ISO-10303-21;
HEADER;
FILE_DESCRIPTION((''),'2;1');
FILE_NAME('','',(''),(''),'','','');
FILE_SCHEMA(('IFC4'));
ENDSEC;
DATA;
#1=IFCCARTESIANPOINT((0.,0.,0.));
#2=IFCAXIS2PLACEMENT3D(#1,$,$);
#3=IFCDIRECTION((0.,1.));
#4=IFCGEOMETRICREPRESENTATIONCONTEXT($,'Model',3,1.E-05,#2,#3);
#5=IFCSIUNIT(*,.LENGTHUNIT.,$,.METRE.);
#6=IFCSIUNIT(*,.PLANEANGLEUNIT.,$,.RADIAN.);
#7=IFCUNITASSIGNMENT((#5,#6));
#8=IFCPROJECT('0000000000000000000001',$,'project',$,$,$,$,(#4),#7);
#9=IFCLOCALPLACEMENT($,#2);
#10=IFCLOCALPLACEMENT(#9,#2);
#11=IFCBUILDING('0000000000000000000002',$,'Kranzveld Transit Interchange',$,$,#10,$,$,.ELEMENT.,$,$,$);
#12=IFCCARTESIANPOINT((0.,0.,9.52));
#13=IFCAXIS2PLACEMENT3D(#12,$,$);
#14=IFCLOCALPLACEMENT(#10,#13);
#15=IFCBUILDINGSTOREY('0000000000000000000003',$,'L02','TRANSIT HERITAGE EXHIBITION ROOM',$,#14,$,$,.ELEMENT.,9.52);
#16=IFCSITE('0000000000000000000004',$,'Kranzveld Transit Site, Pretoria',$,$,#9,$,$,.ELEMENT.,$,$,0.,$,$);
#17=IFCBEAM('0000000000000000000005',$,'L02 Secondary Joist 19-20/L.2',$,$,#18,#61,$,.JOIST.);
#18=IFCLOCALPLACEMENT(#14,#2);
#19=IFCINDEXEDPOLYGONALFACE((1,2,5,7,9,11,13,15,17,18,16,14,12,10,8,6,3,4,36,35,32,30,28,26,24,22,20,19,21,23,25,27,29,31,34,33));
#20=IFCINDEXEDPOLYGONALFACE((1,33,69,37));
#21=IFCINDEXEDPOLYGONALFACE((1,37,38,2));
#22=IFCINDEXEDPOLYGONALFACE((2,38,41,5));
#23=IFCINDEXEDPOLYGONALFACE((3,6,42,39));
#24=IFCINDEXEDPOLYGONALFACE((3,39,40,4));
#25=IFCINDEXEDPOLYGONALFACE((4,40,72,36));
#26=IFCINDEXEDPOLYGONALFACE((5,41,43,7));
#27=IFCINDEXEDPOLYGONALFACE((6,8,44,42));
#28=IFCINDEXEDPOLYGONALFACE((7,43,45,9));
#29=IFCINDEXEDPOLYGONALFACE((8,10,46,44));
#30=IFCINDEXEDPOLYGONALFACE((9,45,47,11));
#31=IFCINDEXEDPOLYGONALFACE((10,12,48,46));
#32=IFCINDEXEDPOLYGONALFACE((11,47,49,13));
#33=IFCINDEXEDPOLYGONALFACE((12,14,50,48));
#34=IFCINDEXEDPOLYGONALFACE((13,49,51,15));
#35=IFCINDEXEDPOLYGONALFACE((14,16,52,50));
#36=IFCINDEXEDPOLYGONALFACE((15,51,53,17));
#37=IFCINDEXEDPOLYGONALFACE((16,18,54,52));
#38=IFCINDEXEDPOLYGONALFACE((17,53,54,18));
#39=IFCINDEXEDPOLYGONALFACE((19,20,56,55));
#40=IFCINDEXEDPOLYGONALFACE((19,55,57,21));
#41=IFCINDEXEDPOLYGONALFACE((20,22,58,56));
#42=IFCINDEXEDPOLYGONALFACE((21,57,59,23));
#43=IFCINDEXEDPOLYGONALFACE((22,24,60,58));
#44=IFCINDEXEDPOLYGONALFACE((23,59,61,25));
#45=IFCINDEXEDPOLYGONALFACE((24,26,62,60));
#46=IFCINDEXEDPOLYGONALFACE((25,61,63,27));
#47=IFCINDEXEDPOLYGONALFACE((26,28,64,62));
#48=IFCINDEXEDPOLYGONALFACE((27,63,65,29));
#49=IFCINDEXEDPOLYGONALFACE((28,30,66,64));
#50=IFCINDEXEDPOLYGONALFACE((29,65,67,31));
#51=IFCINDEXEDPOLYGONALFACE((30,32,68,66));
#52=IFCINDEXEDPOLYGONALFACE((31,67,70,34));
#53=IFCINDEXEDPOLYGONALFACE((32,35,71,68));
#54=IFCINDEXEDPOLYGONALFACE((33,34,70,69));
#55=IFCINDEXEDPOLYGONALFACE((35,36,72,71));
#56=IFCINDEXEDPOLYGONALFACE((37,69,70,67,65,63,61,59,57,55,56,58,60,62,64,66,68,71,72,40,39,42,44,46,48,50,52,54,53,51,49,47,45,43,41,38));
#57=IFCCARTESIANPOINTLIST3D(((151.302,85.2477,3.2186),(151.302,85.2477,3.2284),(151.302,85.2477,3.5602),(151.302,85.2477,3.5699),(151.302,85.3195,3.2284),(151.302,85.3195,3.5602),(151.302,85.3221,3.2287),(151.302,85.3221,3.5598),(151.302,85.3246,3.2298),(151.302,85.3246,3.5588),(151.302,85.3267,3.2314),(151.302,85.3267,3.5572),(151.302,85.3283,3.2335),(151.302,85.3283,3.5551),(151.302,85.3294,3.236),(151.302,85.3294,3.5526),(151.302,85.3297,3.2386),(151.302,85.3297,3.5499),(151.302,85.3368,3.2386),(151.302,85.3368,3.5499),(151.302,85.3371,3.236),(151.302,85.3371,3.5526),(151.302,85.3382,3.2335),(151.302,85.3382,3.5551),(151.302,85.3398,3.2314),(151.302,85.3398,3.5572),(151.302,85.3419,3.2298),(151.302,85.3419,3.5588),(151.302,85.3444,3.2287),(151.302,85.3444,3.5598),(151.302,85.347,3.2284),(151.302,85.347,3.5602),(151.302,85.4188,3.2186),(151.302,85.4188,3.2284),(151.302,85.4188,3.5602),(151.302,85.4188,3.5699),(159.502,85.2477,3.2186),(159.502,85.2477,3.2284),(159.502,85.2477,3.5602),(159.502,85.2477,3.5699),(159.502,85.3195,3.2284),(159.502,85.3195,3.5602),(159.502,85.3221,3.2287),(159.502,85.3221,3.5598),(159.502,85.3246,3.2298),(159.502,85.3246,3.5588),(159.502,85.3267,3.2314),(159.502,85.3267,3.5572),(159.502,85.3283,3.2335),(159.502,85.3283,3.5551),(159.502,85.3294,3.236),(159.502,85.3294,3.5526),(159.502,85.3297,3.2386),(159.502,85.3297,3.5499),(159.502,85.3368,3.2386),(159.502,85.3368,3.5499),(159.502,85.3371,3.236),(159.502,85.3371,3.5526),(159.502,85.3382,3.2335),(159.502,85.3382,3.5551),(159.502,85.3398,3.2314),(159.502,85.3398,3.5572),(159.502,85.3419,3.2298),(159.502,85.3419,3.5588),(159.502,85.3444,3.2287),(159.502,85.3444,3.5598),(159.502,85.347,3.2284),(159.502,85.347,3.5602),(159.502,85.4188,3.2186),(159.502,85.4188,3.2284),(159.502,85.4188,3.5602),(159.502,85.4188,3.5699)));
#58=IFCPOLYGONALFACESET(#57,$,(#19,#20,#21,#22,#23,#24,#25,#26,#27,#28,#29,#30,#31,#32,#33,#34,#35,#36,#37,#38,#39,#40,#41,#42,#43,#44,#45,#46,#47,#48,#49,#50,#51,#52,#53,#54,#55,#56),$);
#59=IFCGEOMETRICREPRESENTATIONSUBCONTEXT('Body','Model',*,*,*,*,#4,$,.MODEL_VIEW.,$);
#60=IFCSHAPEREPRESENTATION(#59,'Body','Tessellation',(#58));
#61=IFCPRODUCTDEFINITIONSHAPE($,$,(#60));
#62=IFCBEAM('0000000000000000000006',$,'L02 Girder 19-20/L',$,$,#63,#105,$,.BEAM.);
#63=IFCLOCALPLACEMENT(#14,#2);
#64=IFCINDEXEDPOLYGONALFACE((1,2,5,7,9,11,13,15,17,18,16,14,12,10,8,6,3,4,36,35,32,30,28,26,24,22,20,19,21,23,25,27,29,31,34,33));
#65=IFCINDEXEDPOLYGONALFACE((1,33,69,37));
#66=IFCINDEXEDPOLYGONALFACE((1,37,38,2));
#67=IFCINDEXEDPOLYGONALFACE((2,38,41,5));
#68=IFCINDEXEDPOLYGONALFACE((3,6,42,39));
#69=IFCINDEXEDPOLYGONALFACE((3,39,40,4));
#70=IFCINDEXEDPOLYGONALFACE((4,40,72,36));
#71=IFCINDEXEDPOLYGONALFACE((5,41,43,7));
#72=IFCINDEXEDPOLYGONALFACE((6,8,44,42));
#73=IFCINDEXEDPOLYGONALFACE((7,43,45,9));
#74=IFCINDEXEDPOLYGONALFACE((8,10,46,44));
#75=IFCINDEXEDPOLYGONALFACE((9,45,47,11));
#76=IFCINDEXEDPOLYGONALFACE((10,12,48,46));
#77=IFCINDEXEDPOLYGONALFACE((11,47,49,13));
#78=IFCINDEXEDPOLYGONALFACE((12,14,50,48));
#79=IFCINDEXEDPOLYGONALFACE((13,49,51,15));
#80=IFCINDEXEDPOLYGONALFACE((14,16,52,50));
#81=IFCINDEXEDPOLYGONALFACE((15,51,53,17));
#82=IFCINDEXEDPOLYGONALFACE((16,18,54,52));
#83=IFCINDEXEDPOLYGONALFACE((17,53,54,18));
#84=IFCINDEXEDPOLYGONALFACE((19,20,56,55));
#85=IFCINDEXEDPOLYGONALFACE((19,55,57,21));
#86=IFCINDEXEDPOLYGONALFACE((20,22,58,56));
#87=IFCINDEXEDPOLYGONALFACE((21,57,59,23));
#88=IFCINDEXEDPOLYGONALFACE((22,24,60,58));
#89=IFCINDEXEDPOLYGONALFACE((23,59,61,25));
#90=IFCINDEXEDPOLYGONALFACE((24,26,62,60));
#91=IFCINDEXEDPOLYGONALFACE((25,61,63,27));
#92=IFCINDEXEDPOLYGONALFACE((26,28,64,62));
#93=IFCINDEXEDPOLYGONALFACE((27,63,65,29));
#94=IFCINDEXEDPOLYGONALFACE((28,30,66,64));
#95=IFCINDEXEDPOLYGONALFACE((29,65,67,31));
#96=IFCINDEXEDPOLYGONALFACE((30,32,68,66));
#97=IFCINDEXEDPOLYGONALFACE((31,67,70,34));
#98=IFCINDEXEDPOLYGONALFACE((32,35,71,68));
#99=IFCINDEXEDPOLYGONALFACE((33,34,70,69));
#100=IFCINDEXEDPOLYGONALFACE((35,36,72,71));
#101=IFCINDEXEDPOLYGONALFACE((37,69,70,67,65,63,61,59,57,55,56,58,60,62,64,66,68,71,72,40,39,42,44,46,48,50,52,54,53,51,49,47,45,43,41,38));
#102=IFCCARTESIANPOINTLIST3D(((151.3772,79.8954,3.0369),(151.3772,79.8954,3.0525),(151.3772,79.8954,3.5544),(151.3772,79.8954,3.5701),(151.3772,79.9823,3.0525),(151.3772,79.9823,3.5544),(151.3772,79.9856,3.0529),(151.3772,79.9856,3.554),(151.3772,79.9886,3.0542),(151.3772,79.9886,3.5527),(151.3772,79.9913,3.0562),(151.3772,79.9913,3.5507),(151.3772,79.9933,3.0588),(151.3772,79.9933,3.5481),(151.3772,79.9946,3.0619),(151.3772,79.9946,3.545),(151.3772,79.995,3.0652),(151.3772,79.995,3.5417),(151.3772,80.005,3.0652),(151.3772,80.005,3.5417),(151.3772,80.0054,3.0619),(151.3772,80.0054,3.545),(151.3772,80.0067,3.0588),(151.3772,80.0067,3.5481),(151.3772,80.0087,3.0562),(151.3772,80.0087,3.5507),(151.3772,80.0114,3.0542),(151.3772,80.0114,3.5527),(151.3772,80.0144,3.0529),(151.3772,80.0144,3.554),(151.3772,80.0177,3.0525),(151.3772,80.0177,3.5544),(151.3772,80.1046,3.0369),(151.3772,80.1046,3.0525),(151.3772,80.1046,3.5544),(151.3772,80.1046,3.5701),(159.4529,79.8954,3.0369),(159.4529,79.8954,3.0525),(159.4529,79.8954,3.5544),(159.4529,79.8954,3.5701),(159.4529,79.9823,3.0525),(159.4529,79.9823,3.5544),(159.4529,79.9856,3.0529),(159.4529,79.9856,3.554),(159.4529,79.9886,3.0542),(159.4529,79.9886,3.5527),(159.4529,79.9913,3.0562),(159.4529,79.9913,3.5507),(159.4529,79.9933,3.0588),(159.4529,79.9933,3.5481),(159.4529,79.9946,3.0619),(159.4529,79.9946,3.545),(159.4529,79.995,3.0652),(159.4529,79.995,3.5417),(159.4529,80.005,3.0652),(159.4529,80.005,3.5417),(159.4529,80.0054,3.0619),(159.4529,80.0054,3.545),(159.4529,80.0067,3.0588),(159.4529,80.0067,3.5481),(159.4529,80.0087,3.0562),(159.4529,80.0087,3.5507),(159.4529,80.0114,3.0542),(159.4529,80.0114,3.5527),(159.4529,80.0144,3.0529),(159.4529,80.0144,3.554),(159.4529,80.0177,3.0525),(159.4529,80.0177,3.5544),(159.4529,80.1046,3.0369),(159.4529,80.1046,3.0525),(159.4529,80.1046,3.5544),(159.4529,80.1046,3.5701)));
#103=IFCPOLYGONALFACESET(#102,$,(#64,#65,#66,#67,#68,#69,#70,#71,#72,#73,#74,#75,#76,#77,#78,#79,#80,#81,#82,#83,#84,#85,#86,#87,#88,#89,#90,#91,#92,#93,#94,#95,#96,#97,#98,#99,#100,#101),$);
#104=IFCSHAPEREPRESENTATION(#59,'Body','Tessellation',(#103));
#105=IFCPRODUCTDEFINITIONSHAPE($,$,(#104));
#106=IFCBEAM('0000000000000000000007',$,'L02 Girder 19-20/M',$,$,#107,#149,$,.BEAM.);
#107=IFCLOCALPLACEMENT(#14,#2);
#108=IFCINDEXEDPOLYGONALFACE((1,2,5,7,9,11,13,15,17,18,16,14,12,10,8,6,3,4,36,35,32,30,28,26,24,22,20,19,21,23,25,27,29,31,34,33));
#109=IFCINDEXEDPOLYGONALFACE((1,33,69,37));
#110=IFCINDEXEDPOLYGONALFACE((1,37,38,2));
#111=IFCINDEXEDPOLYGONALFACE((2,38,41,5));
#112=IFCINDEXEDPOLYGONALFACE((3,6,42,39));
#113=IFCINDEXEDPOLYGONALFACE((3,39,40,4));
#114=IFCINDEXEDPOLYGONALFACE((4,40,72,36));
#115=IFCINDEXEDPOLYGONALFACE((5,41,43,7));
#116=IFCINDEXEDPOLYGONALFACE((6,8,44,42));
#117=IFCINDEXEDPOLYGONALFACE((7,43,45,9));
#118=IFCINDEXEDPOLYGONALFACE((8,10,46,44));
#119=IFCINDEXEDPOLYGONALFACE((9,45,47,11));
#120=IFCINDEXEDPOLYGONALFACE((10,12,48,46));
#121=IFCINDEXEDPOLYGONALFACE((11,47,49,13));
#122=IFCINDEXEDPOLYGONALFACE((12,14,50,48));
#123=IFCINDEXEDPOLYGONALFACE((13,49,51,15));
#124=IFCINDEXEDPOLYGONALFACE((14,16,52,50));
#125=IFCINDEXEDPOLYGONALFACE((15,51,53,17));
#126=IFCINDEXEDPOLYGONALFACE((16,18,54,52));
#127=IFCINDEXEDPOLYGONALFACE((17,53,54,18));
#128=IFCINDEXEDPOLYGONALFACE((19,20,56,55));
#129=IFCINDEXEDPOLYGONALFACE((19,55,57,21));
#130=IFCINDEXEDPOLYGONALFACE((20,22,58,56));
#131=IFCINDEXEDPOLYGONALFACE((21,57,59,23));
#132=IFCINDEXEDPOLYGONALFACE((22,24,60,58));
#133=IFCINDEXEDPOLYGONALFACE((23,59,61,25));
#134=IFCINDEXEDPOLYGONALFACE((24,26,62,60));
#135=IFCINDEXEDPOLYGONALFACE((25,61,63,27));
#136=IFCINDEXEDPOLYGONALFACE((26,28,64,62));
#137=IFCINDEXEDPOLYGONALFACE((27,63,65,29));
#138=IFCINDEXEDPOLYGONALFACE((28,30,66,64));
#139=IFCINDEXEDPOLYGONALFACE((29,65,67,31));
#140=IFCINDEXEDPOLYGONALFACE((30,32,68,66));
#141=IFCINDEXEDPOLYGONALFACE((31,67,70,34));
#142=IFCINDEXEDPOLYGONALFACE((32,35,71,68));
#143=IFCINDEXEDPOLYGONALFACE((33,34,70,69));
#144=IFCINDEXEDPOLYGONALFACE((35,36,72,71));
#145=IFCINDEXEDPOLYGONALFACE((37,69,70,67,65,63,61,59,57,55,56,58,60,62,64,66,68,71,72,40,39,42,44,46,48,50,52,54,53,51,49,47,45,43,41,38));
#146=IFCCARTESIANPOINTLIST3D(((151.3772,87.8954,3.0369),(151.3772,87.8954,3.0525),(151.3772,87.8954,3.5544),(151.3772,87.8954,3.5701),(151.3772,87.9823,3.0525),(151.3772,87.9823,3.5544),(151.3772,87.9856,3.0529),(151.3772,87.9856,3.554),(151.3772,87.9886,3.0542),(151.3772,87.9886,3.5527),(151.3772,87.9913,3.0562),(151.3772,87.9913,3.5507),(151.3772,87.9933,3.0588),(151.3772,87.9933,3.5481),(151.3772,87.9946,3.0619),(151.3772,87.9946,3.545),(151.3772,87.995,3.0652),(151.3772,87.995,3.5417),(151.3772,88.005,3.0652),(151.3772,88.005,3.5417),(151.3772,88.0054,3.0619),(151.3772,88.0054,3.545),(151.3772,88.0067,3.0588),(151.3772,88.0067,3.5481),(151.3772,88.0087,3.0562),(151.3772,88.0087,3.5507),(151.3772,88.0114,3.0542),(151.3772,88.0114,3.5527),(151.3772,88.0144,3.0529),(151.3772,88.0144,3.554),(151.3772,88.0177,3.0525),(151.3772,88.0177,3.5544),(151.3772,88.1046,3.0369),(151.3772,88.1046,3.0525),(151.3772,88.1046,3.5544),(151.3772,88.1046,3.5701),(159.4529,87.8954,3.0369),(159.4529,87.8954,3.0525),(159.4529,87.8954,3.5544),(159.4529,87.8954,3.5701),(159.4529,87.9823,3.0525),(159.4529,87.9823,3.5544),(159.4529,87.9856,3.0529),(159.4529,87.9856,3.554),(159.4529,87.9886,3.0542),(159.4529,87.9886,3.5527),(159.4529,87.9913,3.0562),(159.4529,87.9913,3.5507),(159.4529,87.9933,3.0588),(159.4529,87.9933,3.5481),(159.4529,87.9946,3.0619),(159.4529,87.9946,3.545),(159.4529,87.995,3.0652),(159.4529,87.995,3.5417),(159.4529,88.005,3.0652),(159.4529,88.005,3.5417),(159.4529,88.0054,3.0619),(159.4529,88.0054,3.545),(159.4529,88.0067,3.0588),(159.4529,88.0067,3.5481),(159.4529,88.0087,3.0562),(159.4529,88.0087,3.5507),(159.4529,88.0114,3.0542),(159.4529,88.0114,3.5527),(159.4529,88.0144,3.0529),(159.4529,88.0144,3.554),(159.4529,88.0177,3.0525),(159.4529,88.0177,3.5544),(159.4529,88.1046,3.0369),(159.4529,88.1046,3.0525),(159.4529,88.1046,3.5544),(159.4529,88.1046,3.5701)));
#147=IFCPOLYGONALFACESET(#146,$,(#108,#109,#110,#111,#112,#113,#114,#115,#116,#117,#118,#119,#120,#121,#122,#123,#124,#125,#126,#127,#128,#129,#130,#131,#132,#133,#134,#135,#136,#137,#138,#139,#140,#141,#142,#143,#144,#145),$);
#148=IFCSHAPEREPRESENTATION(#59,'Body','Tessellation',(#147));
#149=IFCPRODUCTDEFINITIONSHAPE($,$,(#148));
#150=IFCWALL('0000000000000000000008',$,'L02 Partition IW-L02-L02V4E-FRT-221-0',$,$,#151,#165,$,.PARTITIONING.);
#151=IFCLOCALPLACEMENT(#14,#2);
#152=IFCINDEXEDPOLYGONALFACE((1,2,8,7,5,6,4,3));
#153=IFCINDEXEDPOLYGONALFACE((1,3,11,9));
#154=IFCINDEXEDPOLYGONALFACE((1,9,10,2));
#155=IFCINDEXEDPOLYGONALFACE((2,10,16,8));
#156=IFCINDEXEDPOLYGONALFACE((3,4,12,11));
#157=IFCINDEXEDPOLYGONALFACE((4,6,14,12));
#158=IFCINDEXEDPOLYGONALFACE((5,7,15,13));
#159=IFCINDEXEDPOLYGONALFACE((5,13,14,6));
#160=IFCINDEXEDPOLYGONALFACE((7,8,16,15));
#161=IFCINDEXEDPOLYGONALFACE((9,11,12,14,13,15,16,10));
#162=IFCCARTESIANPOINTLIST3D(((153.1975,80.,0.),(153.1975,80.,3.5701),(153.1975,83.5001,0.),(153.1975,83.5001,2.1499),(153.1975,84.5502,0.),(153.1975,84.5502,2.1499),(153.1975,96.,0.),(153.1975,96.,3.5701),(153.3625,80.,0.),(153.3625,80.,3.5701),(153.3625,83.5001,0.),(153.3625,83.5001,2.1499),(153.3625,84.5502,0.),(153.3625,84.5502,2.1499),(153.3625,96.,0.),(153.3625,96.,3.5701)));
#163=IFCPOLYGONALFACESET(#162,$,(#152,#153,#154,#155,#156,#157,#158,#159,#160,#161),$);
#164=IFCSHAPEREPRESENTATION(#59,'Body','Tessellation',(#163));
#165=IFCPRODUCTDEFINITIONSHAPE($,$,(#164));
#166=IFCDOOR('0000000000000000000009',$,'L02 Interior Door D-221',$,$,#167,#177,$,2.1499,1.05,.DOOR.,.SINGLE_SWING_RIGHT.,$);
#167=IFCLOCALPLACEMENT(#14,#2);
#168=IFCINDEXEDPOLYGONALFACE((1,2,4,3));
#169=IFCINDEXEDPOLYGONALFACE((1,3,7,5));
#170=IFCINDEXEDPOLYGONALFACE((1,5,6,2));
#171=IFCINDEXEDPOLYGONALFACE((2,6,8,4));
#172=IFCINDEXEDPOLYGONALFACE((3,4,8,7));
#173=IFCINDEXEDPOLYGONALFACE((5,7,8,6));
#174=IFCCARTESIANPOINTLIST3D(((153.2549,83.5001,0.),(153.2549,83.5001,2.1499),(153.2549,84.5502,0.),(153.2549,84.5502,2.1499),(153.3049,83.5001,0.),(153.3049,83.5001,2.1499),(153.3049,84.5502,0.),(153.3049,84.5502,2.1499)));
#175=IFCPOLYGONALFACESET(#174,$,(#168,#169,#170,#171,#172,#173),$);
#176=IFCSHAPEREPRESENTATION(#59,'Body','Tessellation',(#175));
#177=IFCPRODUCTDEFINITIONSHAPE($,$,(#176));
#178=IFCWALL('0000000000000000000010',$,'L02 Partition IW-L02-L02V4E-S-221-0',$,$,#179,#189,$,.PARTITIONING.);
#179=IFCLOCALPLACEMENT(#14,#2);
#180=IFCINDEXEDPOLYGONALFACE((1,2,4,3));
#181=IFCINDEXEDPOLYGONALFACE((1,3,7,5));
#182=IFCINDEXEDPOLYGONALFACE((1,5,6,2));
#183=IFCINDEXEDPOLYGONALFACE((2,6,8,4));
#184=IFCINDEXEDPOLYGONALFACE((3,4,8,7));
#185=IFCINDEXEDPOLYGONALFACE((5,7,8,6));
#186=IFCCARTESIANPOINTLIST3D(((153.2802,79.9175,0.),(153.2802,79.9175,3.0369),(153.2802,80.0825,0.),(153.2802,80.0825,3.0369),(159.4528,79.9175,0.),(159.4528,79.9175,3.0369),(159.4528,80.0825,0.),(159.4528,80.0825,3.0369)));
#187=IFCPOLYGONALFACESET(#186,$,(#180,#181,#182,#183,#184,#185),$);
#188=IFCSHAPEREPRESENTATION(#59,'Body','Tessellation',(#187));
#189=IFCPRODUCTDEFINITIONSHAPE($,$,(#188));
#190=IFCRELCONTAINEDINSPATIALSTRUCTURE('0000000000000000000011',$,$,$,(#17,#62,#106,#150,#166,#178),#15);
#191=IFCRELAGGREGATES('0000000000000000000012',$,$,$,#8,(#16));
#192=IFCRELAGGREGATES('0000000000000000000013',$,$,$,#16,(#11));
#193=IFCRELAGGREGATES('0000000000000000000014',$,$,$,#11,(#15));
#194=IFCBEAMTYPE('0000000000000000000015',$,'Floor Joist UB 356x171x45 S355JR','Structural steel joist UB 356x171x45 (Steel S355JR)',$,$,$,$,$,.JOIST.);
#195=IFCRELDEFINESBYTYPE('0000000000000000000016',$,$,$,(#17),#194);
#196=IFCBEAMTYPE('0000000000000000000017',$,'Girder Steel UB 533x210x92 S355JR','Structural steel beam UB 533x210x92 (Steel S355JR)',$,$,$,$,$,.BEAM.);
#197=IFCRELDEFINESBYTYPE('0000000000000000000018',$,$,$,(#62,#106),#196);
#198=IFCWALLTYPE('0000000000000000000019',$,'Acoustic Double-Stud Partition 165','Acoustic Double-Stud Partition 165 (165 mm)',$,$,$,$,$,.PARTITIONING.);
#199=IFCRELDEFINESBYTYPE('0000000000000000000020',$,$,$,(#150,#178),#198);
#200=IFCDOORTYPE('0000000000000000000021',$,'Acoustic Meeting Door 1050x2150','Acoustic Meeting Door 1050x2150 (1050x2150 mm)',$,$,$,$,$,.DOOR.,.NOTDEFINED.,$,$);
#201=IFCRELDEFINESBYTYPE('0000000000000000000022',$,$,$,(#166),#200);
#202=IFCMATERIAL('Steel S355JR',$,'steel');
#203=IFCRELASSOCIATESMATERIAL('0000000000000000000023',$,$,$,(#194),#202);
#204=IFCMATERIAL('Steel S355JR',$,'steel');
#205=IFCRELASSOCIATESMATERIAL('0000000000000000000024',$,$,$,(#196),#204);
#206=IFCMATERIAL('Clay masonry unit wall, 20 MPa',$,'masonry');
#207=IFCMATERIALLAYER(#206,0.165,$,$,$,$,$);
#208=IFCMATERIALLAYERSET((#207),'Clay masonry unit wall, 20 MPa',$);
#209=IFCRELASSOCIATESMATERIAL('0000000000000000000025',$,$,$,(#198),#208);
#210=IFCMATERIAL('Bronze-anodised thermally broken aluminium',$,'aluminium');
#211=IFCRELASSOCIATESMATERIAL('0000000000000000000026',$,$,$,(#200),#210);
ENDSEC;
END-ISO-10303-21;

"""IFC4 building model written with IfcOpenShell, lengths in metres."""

from ifc_helpers import new_model, si_unit, direction, frame, frame_2d, origin, origin_2d, place, context, subcontext, project, spatial, rectangle, i_section, extrude, material, layer, layer_set, material_profile, profile_set, type_object, element, fill, save


model = new_model("IFC4")

# Units and contexts
model_context = context("Model", 3, precision=1e-05, world=origin(), true_north=direction((0.0, 1.0)))
body_context = subcontext(model_context, "Body", "Model", "MODEL_VIEW")
ifc_project = project(units=[si_unit("LENGTHUNIT", "METRE"), si_unit("PLANEANGLEUNIT", "RADIAN")], contexts=[model_context])

# Site, building, storey
site_placement = place(None, origin())
site = spatial("IfcSite", under=ifc_project, at=site_placement, Name="Kranzveld Transit Site, Pretoria", CompositionType="ELEMENT", RefElevation=0.0)
building_placement = place(site_placement, origin())
building = spatial("IfcBuilding", under=site, at=building_placement, Name="Kranzveld Transit Interchange", CompositionType="ELEMENT")
storey_placement = place(building_placement, frame((0.0, 0.0, 9.52)))
storey = spatial("IfcBuildingStorey", under=building, at=storey_placement, Name="L02", Description="TRANSIT HERITAGE EXHIBITION ROOM", CompositionType="ELEMENT", Elevation=9.52)

# Beams
ifc_material_1 = material(Name="Steel S355JR", Category="steel")
ifc_material_profile_1 = material_profile(ifc_material_1, i_section(OverallWidth=0.1711, OverallDepth=0.3513, WebThickness=0.0071, FlangeThickness=0.0098, FilletRadius=0.0103, at=origin_2d()), Name="UB 356x171x45")
ifc_profile_set_1 = profile_set([ifc_material_profile_1], Name="Steel S355JR")
beam_type_1 = type_object("IfcBeamType", Name="Floor Joist UB 356x171x45 S355JR", Description="Structural steel joist UB 356x171x45 (Steel S355JR)", PredefinedType="JOIST", material=ifc_profile_set_1)
for number, where, z_axis, x_axis, name in (
    (1, (151.302, 85.3333, 3.3943), (1.0, 0.0, 0.0), (0.0, 1.0, 0.0), "L02 Secondary Joist 19-20/L.2"),
):
    element("IfcBeam", number, at=place(storey_placement, frame(where, z_axis=z_axis, x_axis=x_axis)), inside=storey, type_object=beam_type_1, Name=name, PredefinedType="JOIST", context=body_context, shape_type="SweptSolid", body=[
        extrude(i_section(OverallWidth=0.1711, OverallDepth=0.3513, WebThickness=0.0071, FlangeThickness=0.0098, FilletRadius=0.0103, at=origin_2d()), origin(), (0.0, 0.0, 1.0), 8.2),
    ])
ifc_material_2 = material(Name="Steel S355JR", Category="steel")
ifc_material_profile_2 = material_profile(ifc_material_2, i_section(OverallWidth=0.2092, OverallDepth=0.5332, WebThickness=0.01, FlangeThickness=0.0156, FilletRadius=0.0127, at=origin_2d()), Name="UB 533x210x92")
ifc_profile_set_2 = profile_set([ifc_material_profile_2], Name="Steel S355JR")
beam_type_2 = type_object("IfcBeamType", Name="Girder Steel UB 533x210x92 S355JR", Description="Structural steel beam UB 533x210x92 (Steel S355JR)", PredefinedType="BEAM", material=ifc_profile_set_2)
for number, where, z_axis, x_axis, name in (
    (2, (151.3772, 80.0, 3.3035), (1.0, 0.0, 0.0), (0.0, 1.0, 0.0), "L02 Girder 19-20/L"),
    (3, (151.3772, 88.0, 3.3035), (1.0, 0.0, 0.0), (0.0, 1.0, 0.0), "L02 Girder 19-20/M"),
):
    element("IfcBeam", number, at=place(storey_placement, frame(where, z_axis=z_axis, x_axis=x_axis)), inside=storey, type_object=beam_type_2, Name=name, PredefinedType="BEAM", context=body_context, shape_type="SweptSolid", body=[
        extrude(i_section(OverallWidth=0.2092, OverallDepth=0.5332, WebThickness=0.01, FlangeThickness=0.0156, FilletRadius=0.0127, at=origin_2d()), origin(), (0.0, 0.0, 1.0), 8.0757),
    ])

# Wall, opening, door
ifc_material_3 = material(Name="Clay masonry unit wall, 20 MPa", Category="masonry")
ifc_layer_1 = layer(ifc_material_3, 0.165)
ifc_layer_set_1 = layer_set([ifc_layer_1], Name="Clay masonry unit wall, 20 MPa")
wall_type_1 = type_object("IfcWallType", Name="Acoustic Double-Stud Partition 165", Description="Acoustic Double-Stud Partition 165 (165 mm)", PredefinedType="PARTITIONING", material=ifc_layer_set_1)
wall_1_placement = place(storey_placement, frame((153.28, 80.0, 0.0), z_axis=(0.0, 0.0, 1.0), x_axis=(0.0, 1.0, 0.0)))
wall_1 = element("IfcWall", 4, at=wall_1_placement, inside=storey, type_object=wall_type_1, Name="L02 Partition IW-L02-L02V4E-FRT-221-0", PredefinedType="PARTITIONING", context=body_context, shape_type="SweptSolid", body=[
    extrude(rectangle(XDim=16.0, YDim=0.165, at=frame_2d((8.0, 0.0))), origin(), (0.0, 0.0, 1.0), 3.5701),
])
opening_1_placement = place(wall_1_placement, frame((4.55, 0.0, 0.0), z_axis=(0.0, 0.0, 1.0), x_axis=(-1.0, 0.0, 0.0)))
opening_1 = element("IfcOpeningElement", 5, at=opening_1_placement, cuts=wall_1, PredefinedType="OPENING", context=body_context, shape_type="SweptSolid", body=[
    extrude(rectangle(XDim=1.05, YDim=2.1499, at=frame_2d((0.5249, 1.075))), frame((0.0, 0.0925, 0.0), z_axis=(0.0, -1.0, 0.0), x_axis=(1.0, 0.0, 0.0)), (0.0, 0.0, 1.0), 0.1851),
])
ifc_material_4 = material(Name="Bronze-anodised thermally broken aluminium", Category="aluminium")
door_type_1 = type_object("IfcDoorType", Name="Acoustic Meeting Door 1050x2150", Description="Acoustic Meeting Door 1050x2150 (1050x2150 mm)", OperationType="NOTDEFINED", PredefinedType="DOOR", material=ifc_material_4)
door_1_placement = place(opening_1_placement, origin())
door_1 = element("IfcDoor", 6, at=door_1_placement, inside=storey, type_object=door_type_1, Name="L02 Interior Door D-221", OperationType="SINGLE_SWING_RIGHT", OverallHeight=2.1499, OverallWidth=1.05, PredefinedType="DOOR", context=body_context, shape_type="SweptSolid", body=[
    extrude(rectangle(XDim=1.05, YDim=2.1499, at=frame_2d((0.5249, 1.075))), frame((0.0, 0.0249, 0.0), z_axis=(0.0, -1.0, 0.0), x_axis=(1.0, 0.0, 0.0)), (0.0, 0.0, 1.0), 0.05),
])
fill(opening_1, door_1)

# Wall
wall_2_placement = place(storey_placement, frame((153.28, 80.0, 0.0), z_axis=(0.0, 0.0, 1.0), x_axis=(1.0, 0.0, 0.0)))
element("IfcWall", 7, at=wall_2_placement, inside=storey, type_object=wall_type_1, Name="L02 Partition IW-L02-L02V4E-S-221-0", PredefinedType="PARTITIONING", context=body_context, shape_type="SweptSolid", body=[
    extrude(rectangle(XDim=6.1726, YDim=0.165, at=frame_2d((3.0864, 0.0))), origin(), (0.0, 0.0, 1.0), 3.0369),
])

save(model, "model.ifc")
